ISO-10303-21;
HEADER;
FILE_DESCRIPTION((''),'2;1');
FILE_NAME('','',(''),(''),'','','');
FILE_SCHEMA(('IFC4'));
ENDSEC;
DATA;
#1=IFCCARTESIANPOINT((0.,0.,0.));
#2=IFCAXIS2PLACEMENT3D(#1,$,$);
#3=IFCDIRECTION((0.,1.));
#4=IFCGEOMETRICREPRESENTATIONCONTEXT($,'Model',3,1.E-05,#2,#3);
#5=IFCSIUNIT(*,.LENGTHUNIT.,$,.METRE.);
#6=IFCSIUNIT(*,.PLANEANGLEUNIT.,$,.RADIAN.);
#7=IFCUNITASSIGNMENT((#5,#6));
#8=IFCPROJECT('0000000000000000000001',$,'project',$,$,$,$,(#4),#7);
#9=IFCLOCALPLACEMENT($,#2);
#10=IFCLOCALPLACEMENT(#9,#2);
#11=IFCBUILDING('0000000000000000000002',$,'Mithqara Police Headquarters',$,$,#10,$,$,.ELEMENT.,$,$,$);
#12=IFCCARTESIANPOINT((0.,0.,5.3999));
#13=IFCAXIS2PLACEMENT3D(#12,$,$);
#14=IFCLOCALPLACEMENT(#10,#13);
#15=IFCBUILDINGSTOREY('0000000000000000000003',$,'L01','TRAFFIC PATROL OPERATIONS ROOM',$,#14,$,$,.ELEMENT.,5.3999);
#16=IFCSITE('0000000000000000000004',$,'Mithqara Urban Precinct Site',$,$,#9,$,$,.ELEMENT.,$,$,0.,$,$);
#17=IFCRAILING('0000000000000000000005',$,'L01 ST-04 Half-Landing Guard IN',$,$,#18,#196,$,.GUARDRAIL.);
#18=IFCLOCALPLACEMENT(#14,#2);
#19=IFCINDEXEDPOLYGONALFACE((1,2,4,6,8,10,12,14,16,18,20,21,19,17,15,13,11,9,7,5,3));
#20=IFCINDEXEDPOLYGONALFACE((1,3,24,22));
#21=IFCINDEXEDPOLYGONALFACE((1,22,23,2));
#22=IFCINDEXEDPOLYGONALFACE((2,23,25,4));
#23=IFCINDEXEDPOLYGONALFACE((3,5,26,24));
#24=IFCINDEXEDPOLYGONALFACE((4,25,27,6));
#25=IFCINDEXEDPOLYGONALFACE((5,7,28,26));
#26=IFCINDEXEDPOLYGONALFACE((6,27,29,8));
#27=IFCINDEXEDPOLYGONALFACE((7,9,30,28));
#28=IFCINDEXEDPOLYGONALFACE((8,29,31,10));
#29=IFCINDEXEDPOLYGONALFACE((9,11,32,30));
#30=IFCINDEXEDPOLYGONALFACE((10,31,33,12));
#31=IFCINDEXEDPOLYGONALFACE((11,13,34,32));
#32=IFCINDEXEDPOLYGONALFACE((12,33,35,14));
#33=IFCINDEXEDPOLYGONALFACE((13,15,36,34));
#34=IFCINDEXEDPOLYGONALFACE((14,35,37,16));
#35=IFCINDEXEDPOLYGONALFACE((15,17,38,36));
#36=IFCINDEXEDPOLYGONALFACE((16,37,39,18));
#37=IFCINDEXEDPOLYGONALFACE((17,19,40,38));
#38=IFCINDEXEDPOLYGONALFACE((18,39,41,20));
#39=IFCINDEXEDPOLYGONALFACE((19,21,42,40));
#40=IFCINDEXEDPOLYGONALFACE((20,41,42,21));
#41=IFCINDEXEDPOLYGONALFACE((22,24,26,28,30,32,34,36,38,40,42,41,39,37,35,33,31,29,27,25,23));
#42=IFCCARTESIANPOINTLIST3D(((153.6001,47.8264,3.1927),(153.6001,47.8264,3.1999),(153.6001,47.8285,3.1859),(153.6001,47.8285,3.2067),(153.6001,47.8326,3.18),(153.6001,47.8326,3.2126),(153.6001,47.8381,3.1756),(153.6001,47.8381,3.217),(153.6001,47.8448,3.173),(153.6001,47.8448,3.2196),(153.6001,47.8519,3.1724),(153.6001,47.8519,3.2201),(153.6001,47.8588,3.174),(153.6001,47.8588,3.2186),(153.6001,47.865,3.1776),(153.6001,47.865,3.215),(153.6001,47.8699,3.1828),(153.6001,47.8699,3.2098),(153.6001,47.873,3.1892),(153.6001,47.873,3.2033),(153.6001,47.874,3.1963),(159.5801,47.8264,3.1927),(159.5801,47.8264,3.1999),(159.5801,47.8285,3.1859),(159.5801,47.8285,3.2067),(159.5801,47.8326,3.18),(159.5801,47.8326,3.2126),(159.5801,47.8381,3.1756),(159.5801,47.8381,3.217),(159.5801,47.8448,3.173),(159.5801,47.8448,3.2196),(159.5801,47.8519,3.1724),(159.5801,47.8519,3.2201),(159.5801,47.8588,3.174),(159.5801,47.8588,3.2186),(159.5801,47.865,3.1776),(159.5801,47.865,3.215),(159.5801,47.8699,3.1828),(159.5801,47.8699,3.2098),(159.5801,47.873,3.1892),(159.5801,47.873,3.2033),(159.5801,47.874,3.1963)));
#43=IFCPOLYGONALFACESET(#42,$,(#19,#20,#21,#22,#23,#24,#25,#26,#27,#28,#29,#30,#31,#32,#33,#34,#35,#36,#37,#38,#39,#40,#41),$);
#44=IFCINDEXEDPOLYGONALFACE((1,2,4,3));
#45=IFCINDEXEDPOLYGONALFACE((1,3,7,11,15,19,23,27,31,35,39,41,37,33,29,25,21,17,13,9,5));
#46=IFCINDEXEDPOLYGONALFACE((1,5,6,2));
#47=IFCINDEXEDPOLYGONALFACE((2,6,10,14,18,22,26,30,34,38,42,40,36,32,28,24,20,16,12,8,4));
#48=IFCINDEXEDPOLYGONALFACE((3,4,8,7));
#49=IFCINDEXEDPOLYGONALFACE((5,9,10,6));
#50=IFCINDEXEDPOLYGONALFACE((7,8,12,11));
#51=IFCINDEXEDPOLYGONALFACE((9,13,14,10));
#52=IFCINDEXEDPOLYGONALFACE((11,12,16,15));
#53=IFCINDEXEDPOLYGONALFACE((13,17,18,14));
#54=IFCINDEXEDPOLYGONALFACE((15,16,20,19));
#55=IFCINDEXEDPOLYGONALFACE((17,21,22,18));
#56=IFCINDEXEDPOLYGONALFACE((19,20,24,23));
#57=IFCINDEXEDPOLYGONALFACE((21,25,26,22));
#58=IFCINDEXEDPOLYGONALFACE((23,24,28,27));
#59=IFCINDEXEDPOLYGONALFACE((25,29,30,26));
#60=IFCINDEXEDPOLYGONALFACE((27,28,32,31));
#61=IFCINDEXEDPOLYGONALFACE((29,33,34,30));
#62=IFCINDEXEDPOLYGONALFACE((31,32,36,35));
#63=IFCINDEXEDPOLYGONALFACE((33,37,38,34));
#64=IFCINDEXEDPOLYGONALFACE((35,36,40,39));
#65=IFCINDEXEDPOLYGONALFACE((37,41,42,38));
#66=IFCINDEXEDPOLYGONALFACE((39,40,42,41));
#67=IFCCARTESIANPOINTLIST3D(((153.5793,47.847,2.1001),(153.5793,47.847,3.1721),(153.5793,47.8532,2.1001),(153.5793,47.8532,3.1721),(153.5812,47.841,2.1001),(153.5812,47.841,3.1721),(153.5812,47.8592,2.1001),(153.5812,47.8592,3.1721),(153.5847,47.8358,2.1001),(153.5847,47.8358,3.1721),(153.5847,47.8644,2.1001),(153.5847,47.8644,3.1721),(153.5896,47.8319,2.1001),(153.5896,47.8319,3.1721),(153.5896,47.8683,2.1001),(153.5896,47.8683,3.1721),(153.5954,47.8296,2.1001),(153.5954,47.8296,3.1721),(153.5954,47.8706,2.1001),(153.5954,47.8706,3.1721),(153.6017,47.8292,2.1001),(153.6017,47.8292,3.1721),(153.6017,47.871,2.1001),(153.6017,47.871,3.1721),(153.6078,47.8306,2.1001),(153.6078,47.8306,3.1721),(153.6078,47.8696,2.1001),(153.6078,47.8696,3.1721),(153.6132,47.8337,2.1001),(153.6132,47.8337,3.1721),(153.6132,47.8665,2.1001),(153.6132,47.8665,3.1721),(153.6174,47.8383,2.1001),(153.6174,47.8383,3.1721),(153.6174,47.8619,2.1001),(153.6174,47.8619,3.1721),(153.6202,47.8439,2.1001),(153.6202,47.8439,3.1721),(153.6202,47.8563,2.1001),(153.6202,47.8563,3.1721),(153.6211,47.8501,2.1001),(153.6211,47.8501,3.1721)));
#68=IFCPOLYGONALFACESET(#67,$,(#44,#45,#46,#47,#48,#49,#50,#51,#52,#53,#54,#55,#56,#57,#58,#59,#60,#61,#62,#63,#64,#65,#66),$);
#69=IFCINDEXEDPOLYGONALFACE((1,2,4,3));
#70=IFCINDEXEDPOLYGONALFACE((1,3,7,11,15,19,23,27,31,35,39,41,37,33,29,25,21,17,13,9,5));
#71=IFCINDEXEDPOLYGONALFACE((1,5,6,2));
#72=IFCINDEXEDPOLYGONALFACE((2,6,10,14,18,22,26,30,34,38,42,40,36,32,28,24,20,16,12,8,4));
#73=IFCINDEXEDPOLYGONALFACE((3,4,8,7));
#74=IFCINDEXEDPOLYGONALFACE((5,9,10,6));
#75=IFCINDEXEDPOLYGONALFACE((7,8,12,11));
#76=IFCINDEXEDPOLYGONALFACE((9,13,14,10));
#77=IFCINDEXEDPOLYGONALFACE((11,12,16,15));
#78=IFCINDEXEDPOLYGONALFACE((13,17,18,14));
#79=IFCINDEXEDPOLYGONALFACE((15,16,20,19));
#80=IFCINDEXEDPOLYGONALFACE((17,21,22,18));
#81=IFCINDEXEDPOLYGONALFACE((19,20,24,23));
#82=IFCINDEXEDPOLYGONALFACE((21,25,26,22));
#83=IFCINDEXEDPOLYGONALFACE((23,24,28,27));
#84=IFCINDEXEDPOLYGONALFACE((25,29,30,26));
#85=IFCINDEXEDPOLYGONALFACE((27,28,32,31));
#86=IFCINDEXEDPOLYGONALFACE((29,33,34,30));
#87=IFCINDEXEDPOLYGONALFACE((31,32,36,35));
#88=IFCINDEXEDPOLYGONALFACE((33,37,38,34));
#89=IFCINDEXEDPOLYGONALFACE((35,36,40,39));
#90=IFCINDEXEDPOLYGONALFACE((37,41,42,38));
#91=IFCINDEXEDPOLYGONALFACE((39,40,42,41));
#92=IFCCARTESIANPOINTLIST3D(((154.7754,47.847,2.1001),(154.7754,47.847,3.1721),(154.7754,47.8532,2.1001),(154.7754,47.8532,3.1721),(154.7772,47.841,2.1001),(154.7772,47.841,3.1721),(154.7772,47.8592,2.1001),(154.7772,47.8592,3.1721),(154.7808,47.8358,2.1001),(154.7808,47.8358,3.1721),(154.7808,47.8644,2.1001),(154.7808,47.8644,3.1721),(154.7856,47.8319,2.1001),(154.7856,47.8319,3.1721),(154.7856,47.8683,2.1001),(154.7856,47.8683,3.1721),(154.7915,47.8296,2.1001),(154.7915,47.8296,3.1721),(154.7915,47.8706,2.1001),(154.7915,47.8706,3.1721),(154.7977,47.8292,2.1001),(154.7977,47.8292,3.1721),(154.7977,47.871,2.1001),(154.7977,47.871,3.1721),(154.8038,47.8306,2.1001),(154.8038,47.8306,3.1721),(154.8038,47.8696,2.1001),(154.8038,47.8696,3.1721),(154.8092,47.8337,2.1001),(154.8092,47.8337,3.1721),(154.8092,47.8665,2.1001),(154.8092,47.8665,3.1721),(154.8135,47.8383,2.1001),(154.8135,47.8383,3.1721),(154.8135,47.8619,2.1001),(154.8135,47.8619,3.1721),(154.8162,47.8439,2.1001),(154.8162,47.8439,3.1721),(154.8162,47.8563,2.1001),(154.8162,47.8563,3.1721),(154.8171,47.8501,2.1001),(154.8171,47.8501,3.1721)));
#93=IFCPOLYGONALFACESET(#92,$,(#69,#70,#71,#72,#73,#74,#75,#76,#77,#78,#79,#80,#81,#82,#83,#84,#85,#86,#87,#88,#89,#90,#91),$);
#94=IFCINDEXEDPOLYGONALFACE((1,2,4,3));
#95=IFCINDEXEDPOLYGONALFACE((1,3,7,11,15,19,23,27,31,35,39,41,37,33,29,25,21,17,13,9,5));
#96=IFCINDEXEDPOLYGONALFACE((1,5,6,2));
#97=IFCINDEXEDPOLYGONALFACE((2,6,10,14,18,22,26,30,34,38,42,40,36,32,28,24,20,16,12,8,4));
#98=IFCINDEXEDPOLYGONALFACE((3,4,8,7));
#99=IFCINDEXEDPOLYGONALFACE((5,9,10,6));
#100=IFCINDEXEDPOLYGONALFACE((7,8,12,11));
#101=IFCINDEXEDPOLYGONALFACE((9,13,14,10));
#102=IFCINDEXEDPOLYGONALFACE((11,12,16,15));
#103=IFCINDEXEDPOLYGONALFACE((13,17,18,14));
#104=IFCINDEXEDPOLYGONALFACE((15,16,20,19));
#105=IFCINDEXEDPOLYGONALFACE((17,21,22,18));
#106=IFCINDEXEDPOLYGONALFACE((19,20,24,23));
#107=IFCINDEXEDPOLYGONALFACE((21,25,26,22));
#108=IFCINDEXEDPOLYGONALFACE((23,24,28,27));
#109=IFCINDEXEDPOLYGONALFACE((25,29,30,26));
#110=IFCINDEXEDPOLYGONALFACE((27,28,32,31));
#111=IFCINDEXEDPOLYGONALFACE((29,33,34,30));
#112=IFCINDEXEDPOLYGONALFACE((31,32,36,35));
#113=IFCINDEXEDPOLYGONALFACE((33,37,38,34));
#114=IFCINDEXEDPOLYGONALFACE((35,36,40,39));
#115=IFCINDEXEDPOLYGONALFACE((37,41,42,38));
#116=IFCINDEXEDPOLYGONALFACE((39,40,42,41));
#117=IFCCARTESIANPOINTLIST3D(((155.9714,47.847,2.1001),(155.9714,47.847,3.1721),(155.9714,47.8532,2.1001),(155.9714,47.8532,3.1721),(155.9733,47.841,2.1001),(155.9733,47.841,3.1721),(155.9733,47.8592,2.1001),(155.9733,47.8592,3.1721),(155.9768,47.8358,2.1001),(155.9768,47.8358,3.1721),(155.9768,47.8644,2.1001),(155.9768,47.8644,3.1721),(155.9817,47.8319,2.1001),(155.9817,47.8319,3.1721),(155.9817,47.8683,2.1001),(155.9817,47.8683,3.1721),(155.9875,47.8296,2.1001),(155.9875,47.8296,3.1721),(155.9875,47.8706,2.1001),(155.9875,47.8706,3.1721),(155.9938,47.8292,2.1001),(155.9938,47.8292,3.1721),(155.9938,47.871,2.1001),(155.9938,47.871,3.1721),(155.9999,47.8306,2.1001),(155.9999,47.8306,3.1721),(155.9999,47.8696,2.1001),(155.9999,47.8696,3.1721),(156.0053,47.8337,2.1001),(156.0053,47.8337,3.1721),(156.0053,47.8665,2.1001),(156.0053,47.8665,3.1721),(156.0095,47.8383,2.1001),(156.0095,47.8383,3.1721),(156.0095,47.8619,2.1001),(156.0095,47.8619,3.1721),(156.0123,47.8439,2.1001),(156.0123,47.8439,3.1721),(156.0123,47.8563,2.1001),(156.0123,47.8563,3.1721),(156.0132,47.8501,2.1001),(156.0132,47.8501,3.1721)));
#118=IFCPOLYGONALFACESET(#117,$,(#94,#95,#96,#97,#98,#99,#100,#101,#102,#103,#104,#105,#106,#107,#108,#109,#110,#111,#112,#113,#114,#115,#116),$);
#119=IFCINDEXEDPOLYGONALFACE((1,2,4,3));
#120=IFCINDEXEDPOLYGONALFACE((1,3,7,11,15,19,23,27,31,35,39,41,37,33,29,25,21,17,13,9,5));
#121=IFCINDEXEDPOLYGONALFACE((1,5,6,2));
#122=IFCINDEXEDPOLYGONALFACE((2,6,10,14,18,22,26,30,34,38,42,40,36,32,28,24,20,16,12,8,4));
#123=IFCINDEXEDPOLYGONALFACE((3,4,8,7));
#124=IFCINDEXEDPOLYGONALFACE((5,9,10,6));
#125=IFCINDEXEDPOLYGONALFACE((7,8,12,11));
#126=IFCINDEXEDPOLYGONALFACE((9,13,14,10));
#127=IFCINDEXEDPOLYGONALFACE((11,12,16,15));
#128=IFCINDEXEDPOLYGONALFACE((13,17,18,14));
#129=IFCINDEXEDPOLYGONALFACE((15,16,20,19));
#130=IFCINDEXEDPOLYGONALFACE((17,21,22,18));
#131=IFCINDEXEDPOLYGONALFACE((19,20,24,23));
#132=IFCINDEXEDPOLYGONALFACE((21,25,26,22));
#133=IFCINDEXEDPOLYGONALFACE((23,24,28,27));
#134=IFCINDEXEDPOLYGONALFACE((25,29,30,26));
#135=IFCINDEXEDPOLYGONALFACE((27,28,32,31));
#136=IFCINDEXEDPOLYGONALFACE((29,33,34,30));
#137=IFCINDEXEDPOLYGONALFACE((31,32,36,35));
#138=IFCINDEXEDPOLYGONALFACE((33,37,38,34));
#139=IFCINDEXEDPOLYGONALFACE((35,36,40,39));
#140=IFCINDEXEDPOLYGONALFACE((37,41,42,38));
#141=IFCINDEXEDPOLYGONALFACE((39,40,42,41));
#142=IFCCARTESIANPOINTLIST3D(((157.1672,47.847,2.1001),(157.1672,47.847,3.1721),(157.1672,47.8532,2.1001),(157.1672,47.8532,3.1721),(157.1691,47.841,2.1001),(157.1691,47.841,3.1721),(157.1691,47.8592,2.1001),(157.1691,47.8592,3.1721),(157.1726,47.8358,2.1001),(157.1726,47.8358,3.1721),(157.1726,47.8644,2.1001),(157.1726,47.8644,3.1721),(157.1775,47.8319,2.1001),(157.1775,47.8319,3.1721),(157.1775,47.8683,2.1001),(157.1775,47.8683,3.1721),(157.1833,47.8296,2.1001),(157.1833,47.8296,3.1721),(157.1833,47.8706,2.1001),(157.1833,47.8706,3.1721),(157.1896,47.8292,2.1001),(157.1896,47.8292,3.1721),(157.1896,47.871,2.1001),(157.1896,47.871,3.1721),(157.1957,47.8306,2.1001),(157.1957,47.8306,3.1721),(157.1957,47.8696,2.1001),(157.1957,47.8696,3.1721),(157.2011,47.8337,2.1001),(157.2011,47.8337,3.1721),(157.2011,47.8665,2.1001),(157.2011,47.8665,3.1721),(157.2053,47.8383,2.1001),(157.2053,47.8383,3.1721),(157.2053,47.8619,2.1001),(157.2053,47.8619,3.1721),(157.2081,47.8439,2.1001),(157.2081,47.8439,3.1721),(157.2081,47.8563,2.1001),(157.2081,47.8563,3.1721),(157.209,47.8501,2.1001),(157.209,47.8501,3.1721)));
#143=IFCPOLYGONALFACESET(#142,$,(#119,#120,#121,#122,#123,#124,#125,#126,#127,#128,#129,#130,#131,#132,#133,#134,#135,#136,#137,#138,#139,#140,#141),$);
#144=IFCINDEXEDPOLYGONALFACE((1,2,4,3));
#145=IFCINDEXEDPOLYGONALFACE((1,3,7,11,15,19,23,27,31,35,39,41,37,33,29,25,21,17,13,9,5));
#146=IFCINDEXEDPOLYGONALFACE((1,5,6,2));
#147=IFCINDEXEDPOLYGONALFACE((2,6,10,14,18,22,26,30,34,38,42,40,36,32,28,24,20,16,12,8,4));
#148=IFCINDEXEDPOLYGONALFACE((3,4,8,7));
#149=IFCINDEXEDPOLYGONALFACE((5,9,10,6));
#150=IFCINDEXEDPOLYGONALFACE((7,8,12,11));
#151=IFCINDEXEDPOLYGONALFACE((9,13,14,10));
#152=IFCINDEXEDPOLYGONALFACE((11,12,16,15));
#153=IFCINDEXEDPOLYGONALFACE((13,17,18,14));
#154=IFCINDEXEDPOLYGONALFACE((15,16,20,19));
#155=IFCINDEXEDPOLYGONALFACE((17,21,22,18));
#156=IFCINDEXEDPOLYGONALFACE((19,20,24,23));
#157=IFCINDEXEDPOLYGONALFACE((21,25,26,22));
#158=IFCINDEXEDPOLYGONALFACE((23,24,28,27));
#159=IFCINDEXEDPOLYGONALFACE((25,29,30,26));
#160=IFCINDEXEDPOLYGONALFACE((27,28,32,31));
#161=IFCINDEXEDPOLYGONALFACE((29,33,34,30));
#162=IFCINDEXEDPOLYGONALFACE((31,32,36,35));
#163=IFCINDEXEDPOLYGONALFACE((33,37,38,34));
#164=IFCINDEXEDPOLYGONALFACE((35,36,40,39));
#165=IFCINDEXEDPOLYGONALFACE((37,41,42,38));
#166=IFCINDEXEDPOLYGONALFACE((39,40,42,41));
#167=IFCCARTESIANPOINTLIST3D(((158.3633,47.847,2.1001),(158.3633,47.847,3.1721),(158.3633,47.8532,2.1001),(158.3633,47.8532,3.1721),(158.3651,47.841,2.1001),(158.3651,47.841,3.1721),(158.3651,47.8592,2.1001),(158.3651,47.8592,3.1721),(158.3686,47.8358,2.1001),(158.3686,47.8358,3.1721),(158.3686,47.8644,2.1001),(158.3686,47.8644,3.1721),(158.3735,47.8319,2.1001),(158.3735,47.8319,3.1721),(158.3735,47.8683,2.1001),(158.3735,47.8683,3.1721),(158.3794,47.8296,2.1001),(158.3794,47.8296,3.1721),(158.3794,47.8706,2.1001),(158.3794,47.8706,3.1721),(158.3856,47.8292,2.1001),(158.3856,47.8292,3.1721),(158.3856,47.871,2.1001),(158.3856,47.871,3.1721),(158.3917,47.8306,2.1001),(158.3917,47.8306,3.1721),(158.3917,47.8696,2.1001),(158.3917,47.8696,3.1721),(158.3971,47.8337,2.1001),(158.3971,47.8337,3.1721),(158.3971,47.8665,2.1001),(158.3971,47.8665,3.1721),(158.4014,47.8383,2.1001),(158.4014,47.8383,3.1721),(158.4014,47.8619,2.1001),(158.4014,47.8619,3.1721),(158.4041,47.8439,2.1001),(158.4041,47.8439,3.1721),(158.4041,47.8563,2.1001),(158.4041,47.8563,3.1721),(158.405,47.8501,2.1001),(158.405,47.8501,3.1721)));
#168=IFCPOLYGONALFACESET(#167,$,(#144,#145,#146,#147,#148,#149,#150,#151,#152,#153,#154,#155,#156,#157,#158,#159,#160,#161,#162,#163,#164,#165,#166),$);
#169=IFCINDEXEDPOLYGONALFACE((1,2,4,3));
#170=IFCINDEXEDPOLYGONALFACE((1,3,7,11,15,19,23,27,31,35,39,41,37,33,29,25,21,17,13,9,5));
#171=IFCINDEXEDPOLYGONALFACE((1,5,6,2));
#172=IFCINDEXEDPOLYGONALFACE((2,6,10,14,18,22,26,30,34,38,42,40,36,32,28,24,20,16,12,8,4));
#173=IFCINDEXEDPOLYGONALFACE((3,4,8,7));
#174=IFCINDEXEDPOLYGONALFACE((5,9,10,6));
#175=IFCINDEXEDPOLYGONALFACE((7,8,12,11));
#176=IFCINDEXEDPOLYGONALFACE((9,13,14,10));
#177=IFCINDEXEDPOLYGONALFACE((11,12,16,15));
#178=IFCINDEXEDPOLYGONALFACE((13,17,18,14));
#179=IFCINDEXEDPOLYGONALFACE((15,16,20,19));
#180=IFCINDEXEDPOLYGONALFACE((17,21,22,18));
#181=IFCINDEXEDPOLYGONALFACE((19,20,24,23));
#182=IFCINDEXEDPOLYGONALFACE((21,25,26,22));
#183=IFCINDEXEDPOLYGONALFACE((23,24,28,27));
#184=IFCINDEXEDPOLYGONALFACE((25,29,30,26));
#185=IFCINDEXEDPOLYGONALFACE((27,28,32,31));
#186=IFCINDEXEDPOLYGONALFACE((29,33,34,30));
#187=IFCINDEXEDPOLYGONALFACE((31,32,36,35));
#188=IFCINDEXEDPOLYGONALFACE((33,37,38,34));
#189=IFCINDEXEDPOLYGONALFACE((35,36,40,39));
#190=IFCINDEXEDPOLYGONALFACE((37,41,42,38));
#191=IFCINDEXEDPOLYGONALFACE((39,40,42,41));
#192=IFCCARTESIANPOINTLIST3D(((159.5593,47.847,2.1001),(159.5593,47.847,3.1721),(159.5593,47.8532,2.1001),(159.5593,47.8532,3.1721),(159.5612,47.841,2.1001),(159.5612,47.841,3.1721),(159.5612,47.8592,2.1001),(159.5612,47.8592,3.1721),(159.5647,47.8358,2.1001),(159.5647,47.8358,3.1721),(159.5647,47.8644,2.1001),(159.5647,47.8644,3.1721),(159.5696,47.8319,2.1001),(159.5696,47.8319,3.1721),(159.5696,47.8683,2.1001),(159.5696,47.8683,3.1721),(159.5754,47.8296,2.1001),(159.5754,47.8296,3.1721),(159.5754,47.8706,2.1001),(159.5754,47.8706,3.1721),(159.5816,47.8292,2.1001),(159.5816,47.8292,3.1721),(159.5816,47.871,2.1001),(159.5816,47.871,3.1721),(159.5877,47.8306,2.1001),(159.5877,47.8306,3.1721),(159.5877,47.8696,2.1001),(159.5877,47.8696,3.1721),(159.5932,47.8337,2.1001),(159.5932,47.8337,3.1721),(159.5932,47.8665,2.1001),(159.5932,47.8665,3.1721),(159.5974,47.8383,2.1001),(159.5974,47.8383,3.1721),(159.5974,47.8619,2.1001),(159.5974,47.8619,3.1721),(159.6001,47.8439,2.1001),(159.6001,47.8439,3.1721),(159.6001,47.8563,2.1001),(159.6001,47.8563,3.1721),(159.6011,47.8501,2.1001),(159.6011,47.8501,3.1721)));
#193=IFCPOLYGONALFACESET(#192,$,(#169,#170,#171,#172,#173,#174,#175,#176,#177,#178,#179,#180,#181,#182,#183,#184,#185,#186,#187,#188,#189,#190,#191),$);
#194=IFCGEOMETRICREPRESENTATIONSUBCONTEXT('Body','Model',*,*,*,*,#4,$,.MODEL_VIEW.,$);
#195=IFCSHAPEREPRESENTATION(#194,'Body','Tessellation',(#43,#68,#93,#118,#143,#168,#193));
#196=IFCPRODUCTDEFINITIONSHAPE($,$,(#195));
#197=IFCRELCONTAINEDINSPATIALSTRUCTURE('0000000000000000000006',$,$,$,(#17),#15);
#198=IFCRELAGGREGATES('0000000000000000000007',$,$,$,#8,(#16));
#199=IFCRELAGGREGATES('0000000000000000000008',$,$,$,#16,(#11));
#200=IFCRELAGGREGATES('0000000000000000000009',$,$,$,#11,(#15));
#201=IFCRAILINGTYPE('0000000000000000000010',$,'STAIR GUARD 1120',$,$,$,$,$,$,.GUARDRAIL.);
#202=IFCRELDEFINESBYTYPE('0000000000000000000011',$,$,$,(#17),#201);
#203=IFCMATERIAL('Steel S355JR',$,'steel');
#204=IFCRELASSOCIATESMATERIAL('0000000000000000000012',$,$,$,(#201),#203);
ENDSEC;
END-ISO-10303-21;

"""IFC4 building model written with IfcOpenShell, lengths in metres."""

from ifc_helpers import new_model, si_unit, direction, frame, origin, origin_2d, place, context, subcontext, project, spatial, circle, extrude, material, type_object, element, save


model = new_model("IFC4")

# Units and contexts
model_context = context("Model", 3, precision=1e-05, world=origin(), true_north=direction((0.0, 1.0)))
body_context = subcontext(model_context, "Body", "Model", "MODEL_VIEW")
ifc_project = project(units=[si_unit("LENGTHUNIT", "METRE"), si_unit("PLANEANGLEUNIT", "RADIAN")], contexts=[model_context])

# Site, building, storey
site_placement = place(None, origin())
site = spatial("IfcSite", under=ifc_project, at=site_placement, Name="Mithqara Urban Precinct Site", CompositionType="ELEMENT", RefElevation=0.0)
building_placement = place(site_placement, origin())
building = spatial("IfcBuilding", under=site, at=building_placement, Name="Mithqara Police Headquarters", CompositionType="ELEMENT")
storey_placement = place(building_placement, frame((0.0, 0.0, 5.3999)))
storey = spatial("IfcBuildingStorey", under=building, at=storey_placement, Name="L01", Description="TRAFFIC PATROL OPERATIONS ROOM", CompositionType="ELEMENT", Elevation=5.3999)

# Shared definitions
ifc_material_1 = material(Name="Steel S355JR", Category="steel")

# Railing
railing_type_1 = type_object("IfcRailingType", Name="STAIR GUARD 1120", PredefinedType="GUARDRAIL", material=ifc_material_1)
for number, where, name in (
    (1, (153.6001, 47.8501, 2.1001), "L01 ST-04 Half-Landing Guard IN"),
):
    element("IfcRailing", number, at=place(storey_placement, frame(where)), inside=storey, type_object=railing_type_1, Name=name, PredefinedType="GUARDRAIL", context=body_context, shape_type="SweptSolid", body=[
        extrude(circle(Radius=0.0239, at=origin_2d()), frame((0.0, 0.0, 1.0962), z_axis=(1.0, 0.0, 0.0), x_axis=(0.0, 1.0, 0.0)), (0.0, 0.0, 1.0), 5.98),
        extrude(circle(Radius=0.021, at=origin_2d()), origin(), (0.0, 0.0, 1.0), 1.072),
        extrude(circle(Radius=0.021, at=origin_2d()), frame((1.196, 0.0, 0.0)), (0.0, 0.0, 1.0), 1.072),
        extrude(circle(Radius=0.021, at=origin_2d()), frame((2.3921, 0.0, 0.0)), (0.0, 0.0, 1.0), 1.072),
        extrude(circle(Radius=0.021, at=origin_2d()), frame((3.5879, 0.0, 0.0)), (0.0, 0.0, 1.0), 1.072),
        extrude(circle(Radius=0.021, at=origin_2d()), frame((4.7839, 0.0, 0.0)), (0.0, 0.0, 1.0), 1.072),
        extrude(circle(Radius=0.021, at=origin_2d()), frame((5.98, 0.0, 0.0)), (0.0, 0.0, 1.0), 1.072),
    ])

save(model, "model.ifc")
